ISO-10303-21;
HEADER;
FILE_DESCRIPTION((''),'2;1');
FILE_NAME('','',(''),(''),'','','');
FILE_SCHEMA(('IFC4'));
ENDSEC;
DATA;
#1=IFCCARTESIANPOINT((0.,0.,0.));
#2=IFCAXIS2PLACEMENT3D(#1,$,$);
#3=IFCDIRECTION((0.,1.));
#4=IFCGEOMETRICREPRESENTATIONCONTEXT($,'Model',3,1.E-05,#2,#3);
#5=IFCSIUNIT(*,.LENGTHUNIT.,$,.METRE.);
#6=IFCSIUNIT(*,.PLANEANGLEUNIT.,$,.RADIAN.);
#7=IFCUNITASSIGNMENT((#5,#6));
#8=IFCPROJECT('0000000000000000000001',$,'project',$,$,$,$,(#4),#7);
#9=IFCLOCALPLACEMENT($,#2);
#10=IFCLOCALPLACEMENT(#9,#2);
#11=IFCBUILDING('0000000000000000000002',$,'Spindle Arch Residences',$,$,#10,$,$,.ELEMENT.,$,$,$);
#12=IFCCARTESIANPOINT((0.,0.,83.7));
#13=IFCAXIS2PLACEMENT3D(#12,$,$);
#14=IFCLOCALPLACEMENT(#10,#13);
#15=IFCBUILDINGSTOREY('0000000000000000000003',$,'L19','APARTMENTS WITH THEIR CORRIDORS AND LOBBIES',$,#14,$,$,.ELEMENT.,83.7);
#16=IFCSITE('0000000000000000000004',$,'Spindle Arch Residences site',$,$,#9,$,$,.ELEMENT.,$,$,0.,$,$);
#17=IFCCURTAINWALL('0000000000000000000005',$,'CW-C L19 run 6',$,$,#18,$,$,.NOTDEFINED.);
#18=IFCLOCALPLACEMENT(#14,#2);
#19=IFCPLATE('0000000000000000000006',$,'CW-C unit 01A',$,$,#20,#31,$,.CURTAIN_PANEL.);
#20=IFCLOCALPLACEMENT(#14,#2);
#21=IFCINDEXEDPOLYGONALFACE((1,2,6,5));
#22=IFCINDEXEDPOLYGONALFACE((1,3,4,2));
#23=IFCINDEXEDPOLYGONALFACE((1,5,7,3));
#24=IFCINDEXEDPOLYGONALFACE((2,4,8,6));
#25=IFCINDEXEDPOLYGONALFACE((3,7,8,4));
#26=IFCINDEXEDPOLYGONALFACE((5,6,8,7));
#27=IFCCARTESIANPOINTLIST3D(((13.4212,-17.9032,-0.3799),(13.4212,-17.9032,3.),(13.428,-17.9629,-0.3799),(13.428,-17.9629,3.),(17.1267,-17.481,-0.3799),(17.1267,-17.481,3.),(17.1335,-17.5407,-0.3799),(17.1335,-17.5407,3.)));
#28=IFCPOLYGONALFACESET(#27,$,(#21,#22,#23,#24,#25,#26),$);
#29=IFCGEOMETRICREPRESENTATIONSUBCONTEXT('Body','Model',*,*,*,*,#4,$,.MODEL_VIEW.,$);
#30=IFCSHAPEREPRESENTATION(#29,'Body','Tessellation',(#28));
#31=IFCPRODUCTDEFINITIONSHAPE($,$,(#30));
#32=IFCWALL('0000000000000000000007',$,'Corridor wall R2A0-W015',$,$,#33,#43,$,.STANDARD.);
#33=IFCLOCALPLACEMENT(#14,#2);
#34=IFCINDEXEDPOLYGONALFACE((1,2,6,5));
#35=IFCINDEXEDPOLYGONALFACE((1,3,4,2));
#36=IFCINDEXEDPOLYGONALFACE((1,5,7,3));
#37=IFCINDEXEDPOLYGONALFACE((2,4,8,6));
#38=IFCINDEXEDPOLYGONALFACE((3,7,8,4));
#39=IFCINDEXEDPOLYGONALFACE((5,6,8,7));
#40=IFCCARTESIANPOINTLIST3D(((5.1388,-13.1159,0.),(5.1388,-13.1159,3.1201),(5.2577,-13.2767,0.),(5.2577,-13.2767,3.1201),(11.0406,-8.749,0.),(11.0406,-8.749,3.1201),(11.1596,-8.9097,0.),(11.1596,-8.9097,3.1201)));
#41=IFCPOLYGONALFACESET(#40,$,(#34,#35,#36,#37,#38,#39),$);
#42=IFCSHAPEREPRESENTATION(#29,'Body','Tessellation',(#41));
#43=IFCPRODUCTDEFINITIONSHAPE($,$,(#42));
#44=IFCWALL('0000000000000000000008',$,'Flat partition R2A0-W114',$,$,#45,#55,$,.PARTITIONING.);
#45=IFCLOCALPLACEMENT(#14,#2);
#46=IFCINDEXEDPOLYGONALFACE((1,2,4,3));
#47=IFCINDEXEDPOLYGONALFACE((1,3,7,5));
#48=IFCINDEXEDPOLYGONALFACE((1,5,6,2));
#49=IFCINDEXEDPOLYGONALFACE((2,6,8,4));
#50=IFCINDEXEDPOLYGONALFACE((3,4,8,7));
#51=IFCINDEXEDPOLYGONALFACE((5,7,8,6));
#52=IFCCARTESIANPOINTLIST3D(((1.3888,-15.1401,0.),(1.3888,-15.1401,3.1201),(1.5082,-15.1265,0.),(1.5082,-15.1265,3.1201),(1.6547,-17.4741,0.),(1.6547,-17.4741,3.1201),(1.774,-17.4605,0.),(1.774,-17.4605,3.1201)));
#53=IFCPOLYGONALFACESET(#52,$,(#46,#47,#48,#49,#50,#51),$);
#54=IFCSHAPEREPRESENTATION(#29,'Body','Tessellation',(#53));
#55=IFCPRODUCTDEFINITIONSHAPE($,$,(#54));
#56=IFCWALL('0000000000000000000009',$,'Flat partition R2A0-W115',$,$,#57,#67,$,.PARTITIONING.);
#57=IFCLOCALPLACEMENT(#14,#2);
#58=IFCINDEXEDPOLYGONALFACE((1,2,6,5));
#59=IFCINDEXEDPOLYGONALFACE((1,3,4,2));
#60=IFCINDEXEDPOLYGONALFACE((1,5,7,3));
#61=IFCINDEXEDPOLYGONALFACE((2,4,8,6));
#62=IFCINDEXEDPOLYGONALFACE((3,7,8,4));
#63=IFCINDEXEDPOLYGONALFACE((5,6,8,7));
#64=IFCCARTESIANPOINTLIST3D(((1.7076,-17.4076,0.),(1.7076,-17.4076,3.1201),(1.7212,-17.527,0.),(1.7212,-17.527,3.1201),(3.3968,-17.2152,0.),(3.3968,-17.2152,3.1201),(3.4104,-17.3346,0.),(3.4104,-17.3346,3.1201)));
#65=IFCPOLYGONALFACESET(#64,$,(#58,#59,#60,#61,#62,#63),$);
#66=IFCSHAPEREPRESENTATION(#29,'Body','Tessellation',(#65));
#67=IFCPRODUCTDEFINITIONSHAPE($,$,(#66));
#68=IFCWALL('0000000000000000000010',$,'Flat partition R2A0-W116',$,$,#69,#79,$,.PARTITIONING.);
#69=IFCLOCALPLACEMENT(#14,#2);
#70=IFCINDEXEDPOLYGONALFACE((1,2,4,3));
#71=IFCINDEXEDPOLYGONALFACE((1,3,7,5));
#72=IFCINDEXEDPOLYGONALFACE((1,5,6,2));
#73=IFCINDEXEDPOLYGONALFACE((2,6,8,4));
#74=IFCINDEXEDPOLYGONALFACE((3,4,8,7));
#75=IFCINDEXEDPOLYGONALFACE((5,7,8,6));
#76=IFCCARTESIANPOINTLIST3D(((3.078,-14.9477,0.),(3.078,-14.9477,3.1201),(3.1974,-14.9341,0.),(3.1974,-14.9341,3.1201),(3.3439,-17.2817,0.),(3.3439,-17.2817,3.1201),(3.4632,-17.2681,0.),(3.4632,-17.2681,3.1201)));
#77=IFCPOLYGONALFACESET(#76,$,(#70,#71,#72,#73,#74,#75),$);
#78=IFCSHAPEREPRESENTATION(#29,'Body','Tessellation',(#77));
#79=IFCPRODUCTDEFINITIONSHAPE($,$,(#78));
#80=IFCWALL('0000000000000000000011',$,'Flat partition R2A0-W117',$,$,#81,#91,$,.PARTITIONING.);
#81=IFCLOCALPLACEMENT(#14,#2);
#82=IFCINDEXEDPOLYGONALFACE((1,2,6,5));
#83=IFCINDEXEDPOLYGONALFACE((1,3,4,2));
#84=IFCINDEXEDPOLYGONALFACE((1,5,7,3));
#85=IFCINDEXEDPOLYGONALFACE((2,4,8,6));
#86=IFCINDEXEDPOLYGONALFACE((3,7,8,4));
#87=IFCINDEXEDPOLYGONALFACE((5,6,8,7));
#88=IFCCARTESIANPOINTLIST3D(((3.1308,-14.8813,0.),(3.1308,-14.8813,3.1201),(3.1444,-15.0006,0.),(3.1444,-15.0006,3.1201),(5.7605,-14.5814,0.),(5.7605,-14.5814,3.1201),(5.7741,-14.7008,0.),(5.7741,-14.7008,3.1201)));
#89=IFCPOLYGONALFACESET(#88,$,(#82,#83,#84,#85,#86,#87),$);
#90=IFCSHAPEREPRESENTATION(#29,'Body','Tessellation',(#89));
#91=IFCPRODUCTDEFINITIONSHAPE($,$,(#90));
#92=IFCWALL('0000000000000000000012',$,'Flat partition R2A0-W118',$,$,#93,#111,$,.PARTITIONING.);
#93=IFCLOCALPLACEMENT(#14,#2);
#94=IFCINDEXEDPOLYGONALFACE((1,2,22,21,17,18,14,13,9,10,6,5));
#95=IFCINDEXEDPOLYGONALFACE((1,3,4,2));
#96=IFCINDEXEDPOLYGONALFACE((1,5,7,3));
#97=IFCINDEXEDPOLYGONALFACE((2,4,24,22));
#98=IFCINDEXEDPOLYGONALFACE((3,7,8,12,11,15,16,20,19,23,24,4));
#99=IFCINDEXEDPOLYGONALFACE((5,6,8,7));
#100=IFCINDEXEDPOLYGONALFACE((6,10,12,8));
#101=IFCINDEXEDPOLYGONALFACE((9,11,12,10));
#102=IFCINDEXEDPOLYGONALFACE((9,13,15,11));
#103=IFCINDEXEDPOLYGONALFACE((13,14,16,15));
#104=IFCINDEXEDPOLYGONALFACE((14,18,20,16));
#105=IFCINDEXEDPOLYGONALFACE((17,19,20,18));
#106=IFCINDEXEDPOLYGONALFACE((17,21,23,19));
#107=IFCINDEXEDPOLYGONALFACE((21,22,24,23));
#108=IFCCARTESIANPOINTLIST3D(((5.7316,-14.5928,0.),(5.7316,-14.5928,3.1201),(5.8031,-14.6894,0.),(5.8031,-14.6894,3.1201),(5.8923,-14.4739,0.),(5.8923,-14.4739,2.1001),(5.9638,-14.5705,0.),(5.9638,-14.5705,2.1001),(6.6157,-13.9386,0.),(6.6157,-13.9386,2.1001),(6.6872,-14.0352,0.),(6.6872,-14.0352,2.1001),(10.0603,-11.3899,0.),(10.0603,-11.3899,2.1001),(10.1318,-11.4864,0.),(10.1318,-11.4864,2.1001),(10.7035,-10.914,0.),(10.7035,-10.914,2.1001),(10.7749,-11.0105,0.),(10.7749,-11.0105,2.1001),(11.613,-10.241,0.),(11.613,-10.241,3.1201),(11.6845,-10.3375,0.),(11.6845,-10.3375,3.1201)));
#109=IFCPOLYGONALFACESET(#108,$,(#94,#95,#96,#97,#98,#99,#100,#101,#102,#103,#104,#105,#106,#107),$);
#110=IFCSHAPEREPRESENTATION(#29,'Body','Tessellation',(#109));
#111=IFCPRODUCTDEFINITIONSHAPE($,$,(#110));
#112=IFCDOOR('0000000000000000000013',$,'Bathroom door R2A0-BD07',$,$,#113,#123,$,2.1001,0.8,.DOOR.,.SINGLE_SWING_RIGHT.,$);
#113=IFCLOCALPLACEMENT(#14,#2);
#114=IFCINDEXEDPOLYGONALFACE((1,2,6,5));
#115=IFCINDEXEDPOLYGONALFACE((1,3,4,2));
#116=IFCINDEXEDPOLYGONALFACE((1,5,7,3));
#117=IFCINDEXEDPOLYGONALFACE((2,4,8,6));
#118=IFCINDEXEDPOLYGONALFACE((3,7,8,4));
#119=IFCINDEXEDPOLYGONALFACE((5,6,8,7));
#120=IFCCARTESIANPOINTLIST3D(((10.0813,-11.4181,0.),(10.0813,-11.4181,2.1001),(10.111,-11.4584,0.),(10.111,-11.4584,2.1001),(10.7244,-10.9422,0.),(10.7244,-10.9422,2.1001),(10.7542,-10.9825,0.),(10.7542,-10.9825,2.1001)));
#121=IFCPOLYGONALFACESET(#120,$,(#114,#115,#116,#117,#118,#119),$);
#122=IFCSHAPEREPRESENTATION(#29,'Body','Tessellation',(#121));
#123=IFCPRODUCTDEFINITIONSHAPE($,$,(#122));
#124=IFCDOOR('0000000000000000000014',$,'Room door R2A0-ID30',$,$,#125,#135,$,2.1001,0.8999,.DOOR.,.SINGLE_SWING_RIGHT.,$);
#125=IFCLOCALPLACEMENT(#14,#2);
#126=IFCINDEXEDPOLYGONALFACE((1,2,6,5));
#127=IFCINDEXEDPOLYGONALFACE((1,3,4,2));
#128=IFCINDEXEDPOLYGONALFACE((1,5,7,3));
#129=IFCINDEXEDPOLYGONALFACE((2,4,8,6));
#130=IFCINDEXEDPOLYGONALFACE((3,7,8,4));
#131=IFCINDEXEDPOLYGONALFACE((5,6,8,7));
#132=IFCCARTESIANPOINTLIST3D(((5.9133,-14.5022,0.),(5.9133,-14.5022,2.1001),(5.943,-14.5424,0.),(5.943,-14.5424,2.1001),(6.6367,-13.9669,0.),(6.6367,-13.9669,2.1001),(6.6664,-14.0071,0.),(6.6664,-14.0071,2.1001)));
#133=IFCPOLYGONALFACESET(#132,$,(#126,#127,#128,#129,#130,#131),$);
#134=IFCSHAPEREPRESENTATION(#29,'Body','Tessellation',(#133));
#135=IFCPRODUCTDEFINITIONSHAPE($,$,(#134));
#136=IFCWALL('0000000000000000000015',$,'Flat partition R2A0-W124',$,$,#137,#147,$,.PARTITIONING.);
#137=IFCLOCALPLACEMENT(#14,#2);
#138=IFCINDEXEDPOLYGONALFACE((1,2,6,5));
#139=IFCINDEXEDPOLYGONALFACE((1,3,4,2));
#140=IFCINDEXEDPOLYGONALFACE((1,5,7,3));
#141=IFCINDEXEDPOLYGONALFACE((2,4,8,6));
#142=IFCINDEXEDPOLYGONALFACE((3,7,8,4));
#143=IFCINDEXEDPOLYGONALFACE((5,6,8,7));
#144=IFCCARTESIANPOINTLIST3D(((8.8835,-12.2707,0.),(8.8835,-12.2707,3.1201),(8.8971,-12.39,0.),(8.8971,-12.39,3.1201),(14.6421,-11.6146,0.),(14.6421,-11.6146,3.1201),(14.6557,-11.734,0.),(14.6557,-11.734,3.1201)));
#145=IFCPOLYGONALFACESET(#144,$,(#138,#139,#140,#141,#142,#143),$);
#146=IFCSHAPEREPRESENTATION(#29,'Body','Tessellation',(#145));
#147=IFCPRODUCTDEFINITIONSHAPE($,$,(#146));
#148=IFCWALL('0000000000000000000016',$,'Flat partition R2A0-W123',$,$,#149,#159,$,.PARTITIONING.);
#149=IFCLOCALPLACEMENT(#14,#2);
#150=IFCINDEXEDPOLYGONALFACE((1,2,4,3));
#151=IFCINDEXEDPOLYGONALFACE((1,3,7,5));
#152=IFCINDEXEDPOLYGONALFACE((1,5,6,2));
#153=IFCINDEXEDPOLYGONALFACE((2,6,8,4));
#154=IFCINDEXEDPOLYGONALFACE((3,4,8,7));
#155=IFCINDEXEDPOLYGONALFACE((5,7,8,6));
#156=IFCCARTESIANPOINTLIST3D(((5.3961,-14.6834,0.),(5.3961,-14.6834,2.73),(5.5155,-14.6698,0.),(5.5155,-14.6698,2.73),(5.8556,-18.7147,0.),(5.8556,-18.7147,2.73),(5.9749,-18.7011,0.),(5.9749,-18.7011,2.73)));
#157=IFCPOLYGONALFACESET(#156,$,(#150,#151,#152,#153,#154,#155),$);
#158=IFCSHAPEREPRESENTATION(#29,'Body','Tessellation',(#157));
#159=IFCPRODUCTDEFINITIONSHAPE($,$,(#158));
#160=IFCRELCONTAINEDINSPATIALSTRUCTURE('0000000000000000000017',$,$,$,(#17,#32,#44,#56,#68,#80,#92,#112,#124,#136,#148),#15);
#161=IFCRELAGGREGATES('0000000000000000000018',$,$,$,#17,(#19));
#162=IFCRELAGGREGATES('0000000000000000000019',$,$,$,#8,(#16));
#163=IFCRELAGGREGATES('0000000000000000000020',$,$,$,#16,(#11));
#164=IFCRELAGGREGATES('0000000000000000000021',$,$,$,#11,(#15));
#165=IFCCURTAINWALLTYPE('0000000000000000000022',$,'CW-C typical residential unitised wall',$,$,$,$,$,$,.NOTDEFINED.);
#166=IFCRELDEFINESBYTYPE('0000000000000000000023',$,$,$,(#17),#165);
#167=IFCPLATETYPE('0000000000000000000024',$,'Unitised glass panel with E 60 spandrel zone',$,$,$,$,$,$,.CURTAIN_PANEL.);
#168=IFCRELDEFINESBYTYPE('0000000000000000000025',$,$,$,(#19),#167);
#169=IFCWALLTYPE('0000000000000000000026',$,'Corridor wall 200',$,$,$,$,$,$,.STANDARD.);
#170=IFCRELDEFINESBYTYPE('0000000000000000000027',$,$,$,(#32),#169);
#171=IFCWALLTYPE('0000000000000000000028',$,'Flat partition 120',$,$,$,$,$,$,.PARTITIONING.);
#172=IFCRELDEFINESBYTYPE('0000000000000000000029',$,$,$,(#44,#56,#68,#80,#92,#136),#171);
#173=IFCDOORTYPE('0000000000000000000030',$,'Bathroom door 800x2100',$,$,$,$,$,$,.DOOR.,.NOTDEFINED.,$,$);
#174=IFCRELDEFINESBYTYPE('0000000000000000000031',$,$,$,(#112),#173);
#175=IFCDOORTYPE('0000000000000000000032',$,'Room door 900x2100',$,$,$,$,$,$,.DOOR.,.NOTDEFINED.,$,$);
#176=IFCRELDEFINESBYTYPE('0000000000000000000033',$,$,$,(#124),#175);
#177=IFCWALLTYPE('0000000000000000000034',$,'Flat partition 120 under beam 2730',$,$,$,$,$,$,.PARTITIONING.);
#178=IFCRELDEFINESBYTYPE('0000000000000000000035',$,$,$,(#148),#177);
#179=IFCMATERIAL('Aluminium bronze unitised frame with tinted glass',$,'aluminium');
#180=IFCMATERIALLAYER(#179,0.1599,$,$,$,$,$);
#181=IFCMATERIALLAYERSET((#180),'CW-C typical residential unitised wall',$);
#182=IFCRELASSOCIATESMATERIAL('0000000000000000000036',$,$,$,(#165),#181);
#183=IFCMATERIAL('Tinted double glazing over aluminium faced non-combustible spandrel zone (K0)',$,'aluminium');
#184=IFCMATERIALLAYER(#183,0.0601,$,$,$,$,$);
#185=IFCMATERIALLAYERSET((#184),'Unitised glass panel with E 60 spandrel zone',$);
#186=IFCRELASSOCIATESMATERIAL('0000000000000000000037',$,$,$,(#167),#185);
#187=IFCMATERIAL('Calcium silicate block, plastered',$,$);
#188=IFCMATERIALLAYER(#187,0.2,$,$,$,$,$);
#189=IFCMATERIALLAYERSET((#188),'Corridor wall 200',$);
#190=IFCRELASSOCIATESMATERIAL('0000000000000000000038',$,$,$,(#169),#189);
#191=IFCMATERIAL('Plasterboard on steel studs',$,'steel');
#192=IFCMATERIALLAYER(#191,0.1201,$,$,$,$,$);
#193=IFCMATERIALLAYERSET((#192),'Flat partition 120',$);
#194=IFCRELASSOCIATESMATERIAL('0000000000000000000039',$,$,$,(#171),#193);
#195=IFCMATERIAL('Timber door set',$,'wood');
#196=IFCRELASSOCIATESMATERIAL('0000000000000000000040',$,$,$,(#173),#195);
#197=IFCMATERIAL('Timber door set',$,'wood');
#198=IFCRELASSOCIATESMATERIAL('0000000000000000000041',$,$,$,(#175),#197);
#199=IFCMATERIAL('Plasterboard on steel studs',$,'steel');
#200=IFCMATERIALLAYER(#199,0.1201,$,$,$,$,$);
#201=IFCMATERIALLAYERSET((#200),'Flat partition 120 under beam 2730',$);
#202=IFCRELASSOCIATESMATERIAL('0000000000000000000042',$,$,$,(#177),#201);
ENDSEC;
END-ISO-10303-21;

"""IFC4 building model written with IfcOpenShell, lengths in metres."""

from ifc_helpers import new_model, si_unit, direction, frame, frame_2d, origin, origin_2d, place, context, subcontext, project, spatial, rectangle, extrude, material, layer, layer_set, type_object, element, fill, aggregate, save


model = new_model("IFC4")

# Units and contexts
model_context = context("Model", 3, precision=1e-05, world=origin(), true_north=direction((0.0, 1.0)))
body_context = subcontext(model_context, "Body", "Model", "MODEL_VIEW")
ifc_project = project(units=[si_unit("LENGTHUNIT", "METRE"), si_unit("PLANEANGLEUNIT", "RADIAN")], contexts=[model_context])

# Site, building, storey
site_placement = place(None, origin())
site = spatial("IfcSite", under=ifc_project, at=site_placement, Name="Spindle Arch Residences site", CompositionType="ELEMENT", RefElevation=0.0)
building_placement = place(site_placement, origin())
building = spatial("IfcBuilding", under=site, at=building_placement, Name="Spindle Arch Residences", CompositionType="ELEMENT")
storey_placement = place(building_placement, frame((0.0, 0.0, 83.7)))
storey = spatial("IfcBuildingStorey", under=building, at=storey_placement, Name="L19", Description="APARTMENTS WITH THEIR CORRIDORS AND LOBBIES", CompositionType="ELEMENT", Elevation=83.7)

# Curtain wall
ifc_material_1 = material(Name="Aluminium bronze unitised frame with tinted glass", Category="aluminium")
ifc_layer_1 = layer(ifc_material_1, 0.1599)
ifc_layer_set_1 = layer_set([ifc_layer_1], Name="CW-C typical residential unitised wall")
curtain_wall_type = type_object("IfcCurtainWallType", Name="CW-C typical residential unitised wall", PredefinedType="NOTDEFINED", material=ifc_layer_set_1)
curtain_wall_placement = place(storey_placement, origin())
curtain_wall = element("IfcCurtainWall", 1, at=curtain_wall_placement, inside=storey, type_object=curtain_wall_type, Name="CW-C L19 run 6", PredefinedType="NOTDEFINED")

# Plate
ifc_material_2 = material(Name="Tinted double glazing over aluminium faced non-combustible spandrel zone (K0)", Category="aluminium")
ifc_layer_2 = layer(ifc_material_2, 0.0601)
ifc_layer_set_2 = layer_set([ifc_layer_2], Name="Unitised glass panel with E 60 spandrel zone")
plate_type = type_object("IfcPlateType", Name="Unitised glass panel with E 60 spandrel zone", PredefinedType="CURTAIN_PANEL", material=ifc_layer_set_2)
plate_1_placement = place(storey_placement, frame((15.2773, -17.7219, -0.3799), z_axis=(0.0, 0.0, 1.0), x_axis=(0.993572, 0.113203, 0.0)))
plate_1 = element("IfcPlate", 2, at=plate_1_placement, type_object=plate_type, Name="CW-C unit 01A", PredefinedType="CURTAIN_PANEL", context=body_context, shape_type="SweptSolid", body=[
    extrude(rectangle(XDim=3.7295, YDim=0.0601, at=origin_2d()), origin(), (0.0, 0.0, 1.0), 3.3799),
])
aggregate(curtain_wall, [plate_1])

# Walls
ifc_material_3 = material(Name="Calcium silicate block, plastered")
ifc_layer_3 = layer(ifc_material_3, 0.2)
ifc_layer_set_3 = layer_set([ifc_layer_3], Name="Corridor wall 200")
wall_type_1 = type_object("IfcWallType", Name="Corridor wall 200", PredefinedType="STANDARD", material=ifc_layer_set_3)
wall_1_placement = place(storey_placement, frame((5.1982, -13.1963, 0.0), z_axis=(0.0, 0.0, 1.0), x_axis=(0.80387, 0.594805, 0.0)))
element("IfcWall", 3, at=wall_1_placement, inside=storey, type_object=wall_type_1, Name="Corridor wall R2A0-W015", PredefinedType="STANDARD", context=body_context, shape_type="SweptSolid", body=[
    extrude(rectangle(XDim=7.3418, YDim=0.2, at=frame_2d((3.6709, 0.0))), origin(), (0.0, 0.0, 1.0), 3.1201),
])
ifc_material_4 = material(Name="Plasterboard on steel studs", Category="steel")
ifc_layer_4 = layer(ifc_material_4, 0.1201)
ifc_layer_set_4 = layer_set([ifc_layer_4], Name="Flat partition 120")
wall_type_2 = type_object("IfcWallType", Name="Flat partition 120", PredefinedType="PARTITIONING", material=ifc_layer_set_4)
wall_2_placement = place(storey_placement, frame((1.4485, -15.1333, 0.0), z_axis=(0.0, 0.0, 1.0), x_axis=(0.11318, -0.993574, 0.0)))
element("IfcWall", 4, at=wall_2_placement, inside=storey, type_object=wall_type_2, Name="Flat partition R2A0-W114", PredefinedType="PARTITIONING", context=body_context, shape_type="SweptSolid", body=[
    extrude(rectangle(XDim=2.3491, YDim=0.1201, at=frame_2d((1.1746, 0.0))), origin(), (0.0, 0.0, 1.0), 3.1201),
])
wall_3_placement = place(storey_placement, frame((1.7144, -17.4673, 0.0), z_axis=(0.0, 0.0, 1.0), x_axis=(0.993577, 0.113158, 0.0)))
element("IfcWall", 5, at=wall_3_placement, inside=storey, type_object=wall_type_2, Name="Flat partition R2A0-W115", PredefinedType="PARTITIONING", context=body_context, shape_type="SweptSolid", body=[
    extrude(rectangle(XDim=1.7002, YDim=0.1201, at=frame_2d((0.8501, 0.0))), origin(), (0.0, 0.0, 1.0), 3.1201),
])
wall_4_placement = place(storey_placement, frame((3.4036, -17.2749, 0.0), z_axis=(0.0, 0.0, 1.0), x_axis=(-0.11318, 0.993574, 0.0)))
element("IfcWall", 6, at=wall_4_placement, inside=storey, type_object=wall_type_2, Name="Flat partition R2A0-W116", PredefinedType="PARTITIONING", context=body_context, shape_type="SweptSolid", body=[
    extrude(rectangle(XDim=2.3491, YDim=0.1201, at=frame_2d((1.1746, 0.0))), origin(), (0.0, 0.0, 1.0), 3.1201),
])
wall_5_placement = place(storey_placement, frame((3.1377, -14.9409, 0.0), z_axis=(0.0, 0.0, 1.0), x_axis=(0.993564, 0.113276, 0.0)))
element("IfcWall", 7, at=wall_5_placement, inside=storey, type_object=wall_type_2, Name="Flat partition R2A0-W117", PredefinedType="PARTITIONING", context=body_context, shape_type="SweptSolid", body=[
    extrude(rectangle(XDim=2.6467, YDim=0.1201, at=frame_2d((1.3232, 0.0))), origin(), (0.0, 0.0, 1.0), 3.1201),
])

# Wall, openings, doors
wall_6_placement = place(storey_placement, frame((5.7673, -14.6411, 0.0), z_axis=(0.0, 0.0, 1.0), x_axis=(0.803867, 0.594809, 0.0)))
wall_6 = element("IfcWall", 8, at=wall_6_placement, inside=storey, type_object=wall_type_2, Name="Flat partition R2A0-W118", PredefinedType="PARTITIONING", context=body_context, shape_type="SweptSolid", body=[
    extrude(rectangle(XDim=7.3164, YDim=0.1201, at=frame_2d((3.6582, 0.0))), origin(), (0.0, 0.0, 1.0), 3.1201),
])
opening_1_placement = place(wall_6_placement, frame((0.2, 0.0, 0.0)))
opening_1 = element("IfcOpeningElement", 9, at=opening_1_placement, cuts=wall_6, PredefinedType="OPENING", context=body_context, shape_type="SweptSolid", body=[
    extrude(rectangle(XDim=0.8999, YDim=2.1001, at=frame_2d((0.45, 1.05))), frame((0.0, 0.0701, 0.0), z_axis=(0.0, -1.0, 0.0), x_axis=(1.0, 0.0, 0.0)), (0.0, 0.0, 1.0), 0.1401),
])
opening_2_placement = place(wall_6_placement, frame((5.385, 0.0, 0.0)))
opening_2 = element("IfcOpeningElement", 10, at=opening_2_placement, cuts=wall_6, PredefinedType="OPENING", context=body_context, shape_type="SweptSolid", body=[
    extrude(rectangle(XDim=0.8, YDim=2.1001, at=frame_2d((0.3999, 1.05))), frame((0.0, 0.0701, 0.0), z_axis=(0.0, -1.0, 0.0), x_axis=(1.0, 0.0, 0.0)), (0.0, 0.0, 1.0), 0.1401),
])
ifc_material_5 = material(Name="Timber door set", Category="wood")
door_type_1 = type_object("IfcDoorType", Name="Bathroom door 800x2100", OperationType="NOTDEFINED", PredefinedType="DOOR", material=ifc_material_5)
door_1_placement = place(opening_2_placement, origin())
door_1 = element("IfcDoor", 11, at=door_1_placement, inside=storey, type_object=door_type_1, Name="Bathroom door R2A0-BD07", OperationType="SINGLE_SWING_RIGHT", OverallHeight=2.1001, OverallWidth=0.8, PredefinedType="DOOR", context=body_context, shape_type="SweptSolid", body=[
    extrude(rectangle(XDim=0.8, YDim=2.1001, at=frame_2d((0.3999, 1.05))), frame((0.0, 0.0249, 0.0), z_axis=(0.0, -1.0, 0.0), x_axis=(1.0, 0.0, 0.0)), (0.0, 0.0, 1.0), 0.05),
])
fill(opening_2, door_1)
ifc_material_6 = material(Name="Timber door set", Category="wood")
door_type_2 = type_object("IfcDoorType", Name="Room door 900x2100", OperationType="NOTDEFINED", PredefinedType="DOOR", material=ifc_material_6)
door_2_placement = place(opening_1_placement, origin())
door_2 = element("IfcDoor", 12, at=door_2_placement, inside=storey, type_object=door_type_2, Name="Room door R2A0-ID30", OperationType="SINGLE_SWING_RIGHT", OverallHeight=2.1001, OverallWidth=0.8999, PredefinedType="DOOR", context=body_context, shape_type="SweptSolid", body=[
    extrude(rectangle(XDim=0.8999, YDim=2.1001, at=frame_2d((0.45, 1.05))), frame((0.0, 0.0249, 0.0), z_axis=(0.0, -1.0, 0.0), x_axis=(1.0, 0.0, 0.0)), (0.0, 0.0, 1.0), 0.05),
])
fill(opening_1, door_2)

# Walls
wall_7_placement = place(storey_placement, frame((14.6489, -11.6743, 0.0), z_axis=(0.0, 0.0, 1.0), x_axis=(-0.993574, -0.113187, 0.0)))
element("IfcWall", 13, at=wall_7_placement, inside=storey, type_object=wall_type_2, Name="Flat partition R2A0-W124", PredefinedType="PARTITIONING", context=body_context, shape_type="SweptSolid", body=[
    extrude(rectangle(XDim=5.7959, YDim=0.1201, at=frame_2d((2.8979, 0.0))), origin(), (0.0, 0.0, 1.0), 3.1201),
])
ifc_material_7 = material(Name="Plasterboard on steel studs", Category="steel")
ifc_layer_5 = layer(ifc_material_7, 0.1201)
ifc_layer_set_5 = layer_set([ifc_layer_5], Name="Flat partition 120 under beam 2730")
wall_type_3 = type_object("IfcWallType", Name="Flat partition 120 under beam 2730", PredefinedType="PARTITIONING", material=ifc_layer_set_5)
wall_8_placement = place(storey_placement, frame((5.9153, -18.708, 0.0), z_axis=(0.0, 0.0, 1.0), x_axis=(-0.113245, 0.993567, 0.0)))
element("IfcWall", 14, at=wall_8_placement, inside=storey, type_object=wall_type_3, Name="Flat partition R2A0-W123", PredefinedType="PARTITIONING", context=body_context, shape_type="SweptSolid", body=[
    extrude(rectangle(XDim=4.0574, YDim=0.1201, at=frame_2d((2.0288, 0.0))), origin(), (0.0, 0.0, 1.0), 2.73),
])

save(model, "model.ifc")
